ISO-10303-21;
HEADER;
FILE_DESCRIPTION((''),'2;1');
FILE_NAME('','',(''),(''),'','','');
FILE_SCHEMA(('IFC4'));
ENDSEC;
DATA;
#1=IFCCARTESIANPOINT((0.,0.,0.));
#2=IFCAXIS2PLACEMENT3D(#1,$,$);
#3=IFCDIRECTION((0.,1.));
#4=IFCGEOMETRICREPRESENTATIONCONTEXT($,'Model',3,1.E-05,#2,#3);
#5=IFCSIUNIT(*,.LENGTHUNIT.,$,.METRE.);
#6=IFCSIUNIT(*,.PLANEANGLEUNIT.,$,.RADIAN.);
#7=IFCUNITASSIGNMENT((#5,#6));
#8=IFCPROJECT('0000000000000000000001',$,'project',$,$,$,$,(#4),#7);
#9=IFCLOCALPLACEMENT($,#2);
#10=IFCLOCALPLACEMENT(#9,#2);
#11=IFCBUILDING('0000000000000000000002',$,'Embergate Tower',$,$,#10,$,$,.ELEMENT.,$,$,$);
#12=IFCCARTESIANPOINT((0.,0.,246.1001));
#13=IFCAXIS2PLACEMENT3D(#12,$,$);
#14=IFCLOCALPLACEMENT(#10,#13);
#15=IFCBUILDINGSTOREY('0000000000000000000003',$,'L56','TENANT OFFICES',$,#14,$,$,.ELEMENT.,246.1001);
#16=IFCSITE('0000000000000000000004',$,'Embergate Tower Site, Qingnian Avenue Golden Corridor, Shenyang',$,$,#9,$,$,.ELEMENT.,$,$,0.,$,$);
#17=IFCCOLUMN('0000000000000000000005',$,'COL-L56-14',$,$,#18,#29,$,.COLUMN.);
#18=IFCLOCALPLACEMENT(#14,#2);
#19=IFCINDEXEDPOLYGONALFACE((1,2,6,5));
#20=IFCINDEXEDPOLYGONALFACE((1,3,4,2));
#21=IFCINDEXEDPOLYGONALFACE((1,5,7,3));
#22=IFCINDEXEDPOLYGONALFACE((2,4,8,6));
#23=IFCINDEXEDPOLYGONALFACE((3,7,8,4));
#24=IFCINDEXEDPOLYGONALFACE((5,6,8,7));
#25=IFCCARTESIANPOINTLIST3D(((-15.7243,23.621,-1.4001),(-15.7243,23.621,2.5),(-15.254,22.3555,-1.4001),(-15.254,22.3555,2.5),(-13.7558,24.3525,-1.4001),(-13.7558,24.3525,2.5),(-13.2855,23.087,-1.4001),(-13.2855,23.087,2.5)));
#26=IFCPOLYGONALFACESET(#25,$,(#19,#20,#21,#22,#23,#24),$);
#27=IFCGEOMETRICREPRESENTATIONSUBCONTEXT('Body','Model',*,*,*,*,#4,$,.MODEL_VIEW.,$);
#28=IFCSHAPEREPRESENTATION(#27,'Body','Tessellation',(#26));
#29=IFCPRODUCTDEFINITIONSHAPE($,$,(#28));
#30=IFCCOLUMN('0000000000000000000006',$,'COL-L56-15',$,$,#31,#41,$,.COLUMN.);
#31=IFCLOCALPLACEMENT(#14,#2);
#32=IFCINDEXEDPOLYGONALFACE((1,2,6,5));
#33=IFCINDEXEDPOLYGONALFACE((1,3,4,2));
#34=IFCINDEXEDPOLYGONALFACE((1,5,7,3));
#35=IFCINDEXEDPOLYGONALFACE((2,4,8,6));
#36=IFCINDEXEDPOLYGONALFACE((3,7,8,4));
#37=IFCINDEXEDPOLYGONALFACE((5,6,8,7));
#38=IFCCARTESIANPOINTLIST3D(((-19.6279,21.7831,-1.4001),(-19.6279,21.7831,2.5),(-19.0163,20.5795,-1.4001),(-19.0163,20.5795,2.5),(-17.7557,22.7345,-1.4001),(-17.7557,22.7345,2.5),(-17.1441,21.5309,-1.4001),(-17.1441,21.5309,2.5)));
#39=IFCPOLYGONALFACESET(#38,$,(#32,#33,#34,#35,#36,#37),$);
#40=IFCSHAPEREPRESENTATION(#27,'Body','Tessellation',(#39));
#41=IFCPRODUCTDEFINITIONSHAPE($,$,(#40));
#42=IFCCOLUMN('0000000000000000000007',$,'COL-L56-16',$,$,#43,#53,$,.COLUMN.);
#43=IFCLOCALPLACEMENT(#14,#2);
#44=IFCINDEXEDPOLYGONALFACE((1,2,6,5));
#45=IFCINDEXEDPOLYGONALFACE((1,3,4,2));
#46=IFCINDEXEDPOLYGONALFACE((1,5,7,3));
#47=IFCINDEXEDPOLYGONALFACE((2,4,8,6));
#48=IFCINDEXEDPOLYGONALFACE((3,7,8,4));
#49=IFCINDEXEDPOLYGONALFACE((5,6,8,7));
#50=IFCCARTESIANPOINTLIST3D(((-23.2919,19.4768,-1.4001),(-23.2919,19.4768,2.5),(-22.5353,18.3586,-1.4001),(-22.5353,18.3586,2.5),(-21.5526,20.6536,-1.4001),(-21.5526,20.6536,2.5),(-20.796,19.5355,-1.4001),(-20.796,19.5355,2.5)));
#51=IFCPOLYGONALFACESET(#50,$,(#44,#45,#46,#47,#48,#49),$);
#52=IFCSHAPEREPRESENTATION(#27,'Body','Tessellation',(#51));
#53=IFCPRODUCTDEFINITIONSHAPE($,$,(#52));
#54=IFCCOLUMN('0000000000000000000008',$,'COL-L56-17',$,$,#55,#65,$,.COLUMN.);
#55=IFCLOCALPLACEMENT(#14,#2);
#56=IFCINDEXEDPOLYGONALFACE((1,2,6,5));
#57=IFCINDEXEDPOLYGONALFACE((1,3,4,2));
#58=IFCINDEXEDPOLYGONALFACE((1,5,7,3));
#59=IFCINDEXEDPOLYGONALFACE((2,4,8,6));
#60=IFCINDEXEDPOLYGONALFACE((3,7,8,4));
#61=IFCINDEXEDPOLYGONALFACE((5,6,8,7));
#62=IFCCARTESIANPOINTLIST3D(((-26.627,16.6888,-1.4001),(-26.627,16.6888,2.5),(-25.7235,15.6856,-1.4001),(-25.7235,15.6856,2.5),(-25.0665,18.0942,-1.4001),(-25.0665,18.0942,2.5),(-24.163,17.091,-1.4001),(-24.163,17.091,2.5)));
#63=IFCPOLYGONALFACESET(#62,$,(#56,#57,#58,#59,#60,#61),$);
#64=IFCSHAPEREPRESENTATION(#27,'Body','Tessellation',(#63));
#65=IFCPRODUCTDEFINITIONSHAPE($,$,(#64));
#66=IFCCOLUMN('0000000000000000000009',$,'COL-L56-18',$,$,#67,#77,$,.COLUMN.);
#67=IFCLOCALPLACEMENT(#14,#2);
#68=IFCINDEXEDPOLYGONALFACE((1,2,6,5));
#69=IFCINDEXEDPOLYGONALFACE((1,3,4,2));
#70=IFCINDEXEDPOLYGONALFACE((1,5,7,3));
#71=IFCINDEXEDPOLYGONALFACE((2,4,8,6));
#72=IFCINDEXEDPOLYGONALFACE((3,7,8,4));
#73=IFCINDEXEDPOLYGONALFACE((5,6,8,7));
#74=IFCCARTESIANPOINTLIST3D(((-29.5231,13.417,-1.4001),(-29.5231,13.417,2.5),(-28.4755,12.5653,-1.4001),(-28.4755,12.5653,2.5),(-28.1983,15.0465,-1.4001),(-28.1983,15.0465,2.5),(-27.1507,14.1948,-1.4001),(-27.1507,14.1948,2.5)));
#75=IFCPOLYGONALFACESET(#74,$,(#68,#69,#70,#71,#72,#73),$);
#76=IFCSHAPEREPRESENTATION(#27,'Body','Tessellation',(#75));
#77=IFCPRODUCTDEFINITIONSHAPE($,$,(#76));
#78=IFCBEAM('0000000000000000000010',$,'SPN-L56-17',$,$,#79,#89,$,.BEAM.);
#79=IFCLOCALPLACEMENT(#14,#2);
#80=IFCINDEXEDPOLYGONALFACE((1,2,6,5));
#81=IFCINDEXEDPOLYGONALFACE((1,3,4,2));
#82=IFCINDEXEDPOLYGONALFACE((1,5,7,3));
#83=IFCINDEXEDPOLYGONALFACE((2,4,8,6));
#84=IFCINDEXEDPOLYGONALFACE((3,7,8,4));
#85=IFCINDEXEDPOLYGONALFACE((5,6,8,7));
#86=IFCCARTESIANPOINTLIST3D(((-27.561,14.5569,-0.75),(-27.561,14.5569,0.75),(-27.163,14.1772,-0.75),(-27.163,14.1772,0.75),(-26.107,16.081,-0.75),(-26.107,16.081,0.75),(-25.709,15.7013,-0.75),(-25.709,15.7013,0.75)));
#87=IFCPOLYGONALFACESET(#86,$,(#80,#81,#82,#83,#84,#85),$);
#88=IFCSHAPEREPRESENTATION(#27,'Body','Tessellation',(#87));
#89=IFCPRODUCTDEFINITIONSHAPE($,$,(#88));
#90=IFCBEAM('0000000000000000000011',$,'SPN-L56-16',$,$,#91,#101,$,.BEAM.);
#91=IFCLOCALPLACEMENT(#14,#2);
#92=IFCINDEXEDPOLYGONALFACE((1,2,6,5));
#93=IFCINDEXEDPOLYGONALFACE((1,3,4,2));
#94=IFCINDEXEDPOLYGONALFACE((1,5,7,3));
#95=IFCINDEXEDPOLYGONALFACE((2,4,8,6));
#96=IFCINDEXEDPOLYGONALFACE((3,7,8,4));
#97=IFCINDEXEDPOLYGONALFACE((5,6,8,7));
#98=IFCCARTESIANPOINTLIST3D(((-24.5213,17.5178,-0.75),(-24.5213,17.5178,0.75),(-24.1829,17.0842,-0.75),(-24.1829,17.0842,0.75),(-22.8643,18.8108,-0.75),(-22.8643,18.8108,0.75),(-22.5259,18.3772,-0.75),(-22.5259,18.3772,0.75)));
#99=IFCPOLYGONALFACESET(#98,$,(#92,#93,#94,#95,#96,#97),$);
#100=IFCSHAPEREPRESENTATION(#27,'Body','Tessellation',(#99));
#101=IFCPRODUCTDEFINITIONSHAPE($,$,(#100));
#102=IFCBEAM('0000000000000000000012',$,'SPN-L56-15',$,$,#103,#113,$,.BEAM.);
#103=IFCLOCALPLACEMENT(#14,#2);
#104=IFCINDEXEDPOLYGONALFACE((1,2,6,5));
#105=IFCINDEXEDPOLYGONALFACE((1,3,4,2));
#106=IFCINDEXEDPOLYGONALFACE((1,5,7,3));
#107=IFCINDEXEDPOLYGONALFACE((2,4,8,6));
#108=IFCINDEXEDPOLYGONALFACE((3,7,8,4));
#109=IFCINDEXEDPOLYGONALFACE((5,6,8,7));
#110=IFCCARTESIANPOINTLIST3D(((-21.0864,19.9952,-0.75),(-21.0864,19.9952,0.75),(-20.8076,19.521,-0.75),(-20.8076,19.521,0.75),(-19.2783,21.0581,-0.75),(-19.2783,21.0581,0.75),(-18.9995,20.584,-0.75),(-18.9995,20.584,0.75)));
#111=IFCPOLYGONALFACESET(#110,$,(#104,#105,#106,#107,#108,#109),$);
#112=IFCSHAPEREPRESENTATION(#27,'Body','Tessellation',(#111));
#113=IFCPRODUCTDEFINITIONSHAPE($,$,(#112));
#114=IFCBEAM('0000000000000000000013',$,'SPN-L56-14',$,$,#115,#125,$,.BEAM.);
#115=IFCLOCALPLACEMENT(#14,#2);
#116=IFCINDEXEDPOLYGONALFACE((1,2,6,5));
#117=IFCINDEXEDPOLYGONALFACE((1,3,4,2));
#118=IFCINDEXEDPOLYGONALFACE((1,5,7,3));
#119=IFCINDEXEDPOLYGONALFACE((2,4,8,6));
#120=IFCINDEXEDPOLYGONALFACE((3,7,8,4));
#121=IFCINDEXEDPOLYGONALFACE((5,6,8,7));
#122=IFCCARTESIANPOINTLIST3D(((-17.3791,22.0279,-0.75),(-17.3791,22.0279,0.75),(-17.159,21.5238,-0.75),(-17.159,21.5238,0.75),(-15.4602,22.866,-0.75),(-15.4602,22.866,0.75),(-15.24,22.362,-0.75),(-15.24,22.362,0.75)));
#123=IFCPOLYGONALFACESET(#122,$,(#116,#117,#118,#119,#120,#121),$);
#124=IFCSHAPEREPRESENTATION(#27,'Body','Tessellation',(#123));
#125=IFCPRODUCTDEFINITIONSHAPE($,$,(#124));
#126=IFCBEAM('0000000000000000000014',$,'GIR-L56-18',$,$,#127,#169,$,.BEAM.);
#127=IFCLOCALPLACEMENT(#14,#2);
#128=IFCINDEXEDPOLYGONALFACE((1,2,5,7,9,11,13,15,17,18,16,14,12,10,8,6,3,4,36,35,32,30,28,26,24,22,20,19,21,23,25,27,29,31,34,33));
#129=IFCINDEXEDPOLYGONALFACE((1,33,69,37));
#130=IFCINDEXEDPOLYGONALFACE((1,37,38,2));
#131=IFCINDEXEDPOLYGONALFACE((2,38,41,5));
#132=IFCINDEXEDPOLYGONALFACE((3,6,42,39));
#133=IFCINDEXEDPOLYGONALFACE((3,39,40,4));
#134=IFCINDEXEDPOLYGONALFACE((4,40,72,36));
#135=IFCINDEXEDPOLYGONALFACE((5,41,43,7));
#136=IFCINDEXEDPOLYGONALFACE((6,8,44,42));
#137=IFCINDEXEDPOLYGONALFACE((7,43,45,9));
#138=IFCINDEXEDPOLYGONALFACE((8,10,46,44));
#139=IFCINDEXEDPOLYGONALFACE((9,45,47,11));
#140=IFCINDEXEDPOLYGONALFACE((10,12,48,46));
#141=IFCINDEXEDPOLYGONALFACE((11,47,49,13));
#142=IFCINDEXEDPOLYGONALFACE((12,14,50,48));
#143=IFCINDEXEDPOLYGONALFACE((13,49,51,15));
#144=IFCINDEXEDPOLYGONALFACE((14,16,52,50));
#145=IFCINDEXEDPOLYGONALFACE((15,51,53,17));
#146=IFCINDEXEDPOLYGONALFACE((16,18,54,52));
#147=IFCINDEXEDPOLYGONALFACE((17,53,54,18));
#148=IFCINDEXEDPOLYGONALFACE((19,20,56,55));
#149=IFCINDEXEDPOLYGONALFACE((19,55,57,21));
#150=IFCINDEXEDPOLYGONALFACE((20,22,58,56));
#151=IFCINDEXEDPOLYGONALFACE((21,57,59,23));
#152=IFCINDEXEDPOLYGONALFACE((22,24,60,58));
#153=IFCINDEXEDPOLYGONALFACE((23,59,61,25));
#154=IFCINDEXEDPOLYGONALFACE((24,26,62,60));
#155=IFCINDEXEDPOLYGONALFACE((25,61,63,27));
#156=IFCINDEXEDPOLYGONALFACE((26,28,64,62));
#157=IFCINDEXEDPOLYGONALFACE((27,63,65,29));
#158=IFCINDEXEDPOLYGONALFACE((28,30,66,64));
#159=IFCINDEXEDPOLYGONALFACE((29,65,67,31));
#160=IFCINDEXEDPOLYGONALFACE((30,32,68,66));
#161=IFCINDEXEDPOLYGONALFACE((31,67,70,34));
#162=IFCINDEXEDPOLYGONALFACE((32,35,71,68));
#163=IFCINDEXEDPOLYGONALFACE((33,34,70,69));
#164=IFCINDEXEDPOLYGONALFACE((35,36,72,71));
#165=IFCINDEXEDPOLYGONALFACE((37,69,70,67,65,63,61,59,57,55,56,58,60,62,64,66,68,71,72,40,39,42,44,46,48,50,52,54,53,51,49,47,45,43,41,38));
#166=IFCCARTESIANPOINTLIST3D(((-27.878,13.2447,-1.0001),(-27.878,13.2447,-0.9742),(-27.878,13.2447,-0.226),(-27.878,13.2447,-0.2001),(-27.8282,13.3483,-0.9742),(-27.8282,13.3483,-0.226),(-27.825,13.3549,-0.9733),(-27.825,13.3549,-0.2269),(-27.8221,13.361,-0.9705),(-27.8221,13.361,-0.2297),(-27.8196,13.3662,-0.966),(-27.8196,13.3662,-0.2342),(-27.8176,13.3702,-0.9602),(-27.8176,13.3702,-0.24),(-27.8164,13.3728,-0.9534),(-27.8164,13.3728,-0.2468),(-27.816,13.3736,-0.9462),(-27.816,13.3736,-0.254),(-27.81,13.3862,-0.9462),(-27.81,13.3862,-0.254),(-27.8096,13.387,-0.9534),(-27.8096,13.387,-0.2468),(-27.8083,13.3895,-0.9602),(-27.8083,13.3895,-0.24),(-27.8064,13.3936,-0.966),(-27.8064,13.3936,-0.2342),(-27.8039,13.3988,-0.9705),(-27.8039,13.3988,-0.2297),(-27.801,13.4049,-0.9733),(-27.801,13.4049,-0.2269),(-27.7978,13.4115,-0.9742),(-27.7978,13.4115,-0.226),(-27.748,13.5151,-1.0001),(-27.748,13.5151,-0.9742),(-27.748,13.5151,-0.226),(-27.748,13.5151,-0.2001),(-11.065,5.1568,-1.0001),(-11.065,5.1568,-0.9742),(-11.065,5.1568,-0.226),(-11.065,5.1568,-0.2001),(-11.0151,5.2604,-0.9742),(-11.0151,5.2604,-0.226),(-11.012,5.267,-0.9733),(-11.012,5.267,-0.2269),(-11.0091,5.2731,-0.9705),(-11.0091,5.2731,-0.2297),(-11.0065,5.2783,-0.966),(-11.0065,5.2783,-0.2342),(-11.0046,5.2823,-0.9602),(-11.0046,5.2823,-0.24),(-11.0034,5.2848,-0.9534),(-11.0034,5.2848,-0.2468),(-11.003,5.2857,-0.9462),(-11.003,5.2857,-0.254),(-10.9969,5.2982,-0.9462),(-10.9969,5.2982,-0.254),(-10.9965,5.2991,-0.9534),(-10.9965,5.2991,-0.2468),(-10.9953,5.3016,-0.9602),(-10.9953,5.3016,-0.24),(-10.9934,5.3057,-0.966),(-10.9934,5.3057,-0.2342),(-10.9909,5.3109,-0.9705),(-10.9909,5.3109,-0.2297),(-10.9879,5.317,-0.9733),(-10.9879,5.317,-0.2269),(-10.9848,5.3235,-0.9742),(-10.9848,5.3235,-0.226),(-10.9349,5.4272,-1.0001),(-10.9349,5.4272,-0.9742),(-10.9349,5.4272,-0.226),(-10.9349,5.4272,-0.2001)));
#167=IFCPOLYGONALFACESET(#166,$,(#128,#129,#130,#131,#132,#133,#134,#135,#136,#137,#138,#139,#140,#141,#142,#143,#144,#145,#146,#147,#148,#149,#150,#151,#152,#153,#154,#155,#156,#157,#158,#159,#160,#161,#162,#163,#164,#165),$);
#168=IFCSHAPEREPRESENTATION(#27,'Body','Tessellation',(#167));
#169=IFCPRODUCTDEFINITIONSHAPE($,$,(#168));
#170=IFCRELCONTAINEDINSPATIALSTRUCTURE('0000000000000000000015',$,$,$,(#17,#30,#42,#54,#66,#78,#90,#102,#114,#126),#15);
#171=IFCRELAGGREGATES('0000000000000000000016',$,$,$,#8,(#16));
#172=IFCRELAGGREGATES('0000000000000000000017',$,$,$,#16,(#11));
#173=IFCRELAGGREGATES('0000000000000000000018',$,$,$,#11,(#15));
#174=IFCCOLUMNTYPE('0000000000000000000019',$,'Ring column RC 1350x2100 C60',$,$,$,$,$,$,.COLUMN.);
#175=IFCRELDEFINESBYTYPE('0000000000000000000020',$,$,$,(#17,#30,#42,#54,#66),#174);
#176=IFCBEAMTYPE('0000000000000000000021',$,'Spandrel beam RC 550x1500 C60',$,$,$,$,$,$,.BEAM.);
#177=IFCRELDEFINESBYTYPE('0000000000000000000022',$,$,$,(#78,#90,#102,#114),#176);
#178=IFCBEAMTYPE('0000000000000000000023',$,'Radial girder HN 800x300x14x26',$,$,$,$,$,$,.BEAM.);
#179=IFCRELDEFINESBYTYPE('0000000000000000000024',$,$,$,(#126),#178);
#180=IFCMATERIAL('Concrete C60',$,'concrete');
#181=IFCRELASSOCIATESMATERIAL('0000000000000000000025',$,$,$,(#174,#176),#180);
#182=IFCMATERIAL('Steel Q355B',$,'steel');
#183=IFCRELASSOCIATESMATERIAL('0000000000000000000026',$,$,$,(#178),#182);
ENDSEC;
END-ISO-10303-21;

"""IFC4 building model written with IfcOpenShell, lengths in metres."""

from ifc_helpers import new_model, si_unit, direction, frame, origin, origin_2d, place, context, subcontext, project, spatial, rectangle, i_section, extrude, source, transform, mapped, material, material_profile, profile_set, type_object, element, save


model = new_model("IFC4")

# Units and contexts
model_context = context("Model", 3, precision=1e-05, world=origin(), true_north=direction((0.0, 1.0)))
body_context = subcontext(model_context, "Body", "Model", "MODEL_VIEW")
ifc_project = project(units=[si_unit("LENGTHUNIT", "METRE"), si_unit("PLANEANGLEUNIT", "RADIAN")], contexts=[model_context])

# Site, building, storey
site_placement = place(None, origin())
site = spatial("IfcSite", under=ifc_project, at=site_placement, Name="Embergate Tower Site, Qingnian Avenue Golden Corridor, Shenyang", CompositionType="ELEMENT", RefElevation=0.0)
building_placement = place(site_placement, origin())
building = spatial("IfcBuilding", under=site, at=building_placement, Name="Embergate Tower", CompositionType="ELEMENT")
storey_placement = place(building_placement, frame((0.0, 0.0, 246.1001)))
storey = spatial("IfcBuildingStorey", under=building, at=storey_placement, Name="L56", Description="TENANT OFFICES", CompositionType="ELEMENT", Elevation=246.1001)

# Columns
ifc_material_1 = material(Name="Concrete C60", Category="concrete")
ifc_material_profile_1 = material_profile(ifc_material_1, rectangle(XDim=1.3501, YDim=2.1001, at=origin_2d()), Name="RC 1350x2100")
ifc_profile_set_1 = profile_set([ifc_material_profile_1], Name="Concrete C60")
column_type = type_object("IfcColumnType", Name="Ring column RC 1350x2100 C60", PredefinedType="COLUMN", material=ifc_profile_set_1)
shared_shape_1 = source(origin(), body_context, "Body", "SweptSolid", [
    extrude(rectangle(XDim=1.3501, YDim=2.1001, at=origin_2d()), origin(), (0.0, 0.0, 1.0), 3.9001),
])
for number, where, z_axis, x_axis, name in (
    (1, (-14.5049, 23.354, -1.4001), (0.0, 0.0, 1.0), (-0.348343, 0.937367, 0.0), "COL-L56-14"),
    (2, (-18.386, 21.657, -1.4001), (0.0, 0.0, 1.0), (-0.453011, 0.891505, 0.0), "COL-L56-15"),
    (3, (-22.0439, 19.5061, -1.4001), (0.0, 0.0, 1.0), (-0.560393, 0.828227, 0.0), "COL-L56-16"),
    (4, (-25.395, 16.8899, -1.4001), (0.0, 0.0, 1.0), (-0.669208, 0.743075, 0.0), "COL-L56-17"),
    (5, (-28.3369, 13.8059, -1.4001), (0.0, 0.0, 1.0), (-0.775925, 0.630825, 0.0), "COL-L56-18"),
):
    element("IfcColumn", number, at=place(storey_placement, frame(where, z_axis=z_axis, x_axis=x_axis)), inside=storey, type_object=column_type, Name=name, PredefinedType="COLUMN", context=body_context, shape_type="MappedRepresentation", body=[
        mapped(shared_shape_1, transform((0.0, 0.0, 0.0))),
    ])

# Beams
ifc_material_profile_2 = material_profile(ifc_material_1, rectangle(XDim=0.55, YDim=1.5, at=origin_2d()), Name="RC 550x1500")
ifc_profile_set_2 = profile_set([ifc_material_profile_2], Name="Concrete C60")
beam_type_1 = type_object("IfcBeamType", Name="Spandrel beam RC 550x1500 C60", PredefinedType="BEAM", material=ifc_profile_set_2)
shared_shape_2 = source(origin(), body_context, "Body", "SweptSolid", [
    extrude(rectangle(XDim=0.55, YDim=1.5, at=origin_2d()), origin(), (0.0, 0.0, 1.0), 2.1064),
])
beam_1_placement = place(storey_placement, frame((-25.908, 15.8911, 0.0), z_axis=(-0.69028, -0.723542, 0.0), x_axis=(0.723542, -0.69028, 0.0)))
element("IfcBeam", 6, at=beam_1_placement, inside=storey, type_object=beam_type_1, Name="SPN-L56-17", PredefinedType="BEAM", context=body_context, shape_type="MappedRepresentation", body=[
    mapped(shared_shape_2, transform((0.0, 0.0, 0.0))),
])
shared_shape_3 = source(origin(), body_context, "Body", "SweptSolid", [
    extrude(rectangle(XDim=0.55, YDim=1.5, at=origin_2d()), origin(), (0.0, 0.0, 1.0), 2.1018),
])
beam_2_placement = place(storey_placement, frame((-22.6951, 18.594, 0.0), z_axis=(-0.788382, -0.615186, 0.0), x_axis=(0.615186, -0.788382, 0.0)))
element("IfcBeam", 7, at=beam_2_placement, inside=storey, type_object=beam_type_1, Name="SPN-L56-16", PredefinedType="BEAM", context=body_context, shape_type="MappedRepresentation", body=[
    mapped(shared_shape_3, transform((0.0, 0.0, 0.0))),
])
shared_shape_4 = source(origin(), body_context, "Body", "SweptSolid", [
    extrude(rectangle(XDim=0.55, YDim=1.5, at=origin_2d()), origin(), (0.0, 0.0, 1.0), 2.0974),
])
beam_3_placement = place(storey_placement, frame((-19.1389, 20.821, 0.0), z_axis=(-0.86206, -0.506806, 0.0), x_axis=(0.506806, -0.86206, 0.0)))
element("IfcBeam", 8, at=beam_3_placement, inside=storey, type_object=beam_type_1, Name="SPN-L56-15", PredefinedType="BEAM", context=body_context, shape_type="MappedRepresentation", body=[
    mapped(shared_shape_4, transform((0.0, 0.0, 0.0))),
])
shared_shape_5 = source(origin(), body_context, "Body", "SweptSolid", [
    extrude(rectangle(XDim=0.55, YDim=1.5, at=origin_2d()), origin(), (0.0, 0.0, 1.0), 2.094),
])
beam_4_placement = place(storey_placement, frame((-15.3501, 22.614, 0.0), z_axis=(-0.916403, -0.400256, 0.0), x_axis=(0.400256, -0.916403, 0.0)))
element("IfcBeam", 9, at=beam_4_placement, inside=storey, type_object=beam_type_1, Name="SPN-L56-14", PredefinedType="BEAM", context=body_context, shape_type="MappedRepresentation", body=[
    mapped(shared_shape_5, transform((0.0, 0.0, 0.0))),
])
ifc_material_2 = material(Name="Steel Q355B", Category="steel")
ifc_material_profile_3 = material_profile(ifc_material_2, i_section(OverallWidth=0.3, OverallDepth=0.8, WebThickness=0.0139, FlangeThickness=0.0259, FilletRadius=0.0281, at=origin_2d()), Name="HN 800x300x14x26")
ifc_profile_set_3 = profile_set([ifc_material_profile_3], Name="Steel Q355 grade B")
beam_type_2 = type_object("IfcBeamType", Name="Radial girder HN 800x300x14x26", PredefinedType="BEAM", material=ifc_profile_set_3)
shared_shape_6 = source(origin(), body_context, "Body", "SweptSolid", [
    extrude(i_section(OverallWidth=0.3, OverallDepth=0.8, WebThickness=0.0139, FlangeThickness=0.0259, FilletRadius=0.0281, at=origin_2d()), origin(), (0.0, 0.0, 1.0), 18.6572),
])
beam_5_placement = place(storey_placement, frame((-27.813, 13.3799, -0.6001), z_axis=(0.901154, -0.4335, 0.0), x_axis=(0.4335, 0.901154, 0.0)))
element("IfcBeam", 10, at=beam_5_placement, inside=storey, type_object=beam_type_2, Name="GIR-L56-18", PredefinedType="BEAM", context=body_context, shape_type="MappedRepresentation", body=[
    mapped(shared_shape_6, transform((0.0, 0.0, 0.0))),
])

save(model, "model.ifc")
